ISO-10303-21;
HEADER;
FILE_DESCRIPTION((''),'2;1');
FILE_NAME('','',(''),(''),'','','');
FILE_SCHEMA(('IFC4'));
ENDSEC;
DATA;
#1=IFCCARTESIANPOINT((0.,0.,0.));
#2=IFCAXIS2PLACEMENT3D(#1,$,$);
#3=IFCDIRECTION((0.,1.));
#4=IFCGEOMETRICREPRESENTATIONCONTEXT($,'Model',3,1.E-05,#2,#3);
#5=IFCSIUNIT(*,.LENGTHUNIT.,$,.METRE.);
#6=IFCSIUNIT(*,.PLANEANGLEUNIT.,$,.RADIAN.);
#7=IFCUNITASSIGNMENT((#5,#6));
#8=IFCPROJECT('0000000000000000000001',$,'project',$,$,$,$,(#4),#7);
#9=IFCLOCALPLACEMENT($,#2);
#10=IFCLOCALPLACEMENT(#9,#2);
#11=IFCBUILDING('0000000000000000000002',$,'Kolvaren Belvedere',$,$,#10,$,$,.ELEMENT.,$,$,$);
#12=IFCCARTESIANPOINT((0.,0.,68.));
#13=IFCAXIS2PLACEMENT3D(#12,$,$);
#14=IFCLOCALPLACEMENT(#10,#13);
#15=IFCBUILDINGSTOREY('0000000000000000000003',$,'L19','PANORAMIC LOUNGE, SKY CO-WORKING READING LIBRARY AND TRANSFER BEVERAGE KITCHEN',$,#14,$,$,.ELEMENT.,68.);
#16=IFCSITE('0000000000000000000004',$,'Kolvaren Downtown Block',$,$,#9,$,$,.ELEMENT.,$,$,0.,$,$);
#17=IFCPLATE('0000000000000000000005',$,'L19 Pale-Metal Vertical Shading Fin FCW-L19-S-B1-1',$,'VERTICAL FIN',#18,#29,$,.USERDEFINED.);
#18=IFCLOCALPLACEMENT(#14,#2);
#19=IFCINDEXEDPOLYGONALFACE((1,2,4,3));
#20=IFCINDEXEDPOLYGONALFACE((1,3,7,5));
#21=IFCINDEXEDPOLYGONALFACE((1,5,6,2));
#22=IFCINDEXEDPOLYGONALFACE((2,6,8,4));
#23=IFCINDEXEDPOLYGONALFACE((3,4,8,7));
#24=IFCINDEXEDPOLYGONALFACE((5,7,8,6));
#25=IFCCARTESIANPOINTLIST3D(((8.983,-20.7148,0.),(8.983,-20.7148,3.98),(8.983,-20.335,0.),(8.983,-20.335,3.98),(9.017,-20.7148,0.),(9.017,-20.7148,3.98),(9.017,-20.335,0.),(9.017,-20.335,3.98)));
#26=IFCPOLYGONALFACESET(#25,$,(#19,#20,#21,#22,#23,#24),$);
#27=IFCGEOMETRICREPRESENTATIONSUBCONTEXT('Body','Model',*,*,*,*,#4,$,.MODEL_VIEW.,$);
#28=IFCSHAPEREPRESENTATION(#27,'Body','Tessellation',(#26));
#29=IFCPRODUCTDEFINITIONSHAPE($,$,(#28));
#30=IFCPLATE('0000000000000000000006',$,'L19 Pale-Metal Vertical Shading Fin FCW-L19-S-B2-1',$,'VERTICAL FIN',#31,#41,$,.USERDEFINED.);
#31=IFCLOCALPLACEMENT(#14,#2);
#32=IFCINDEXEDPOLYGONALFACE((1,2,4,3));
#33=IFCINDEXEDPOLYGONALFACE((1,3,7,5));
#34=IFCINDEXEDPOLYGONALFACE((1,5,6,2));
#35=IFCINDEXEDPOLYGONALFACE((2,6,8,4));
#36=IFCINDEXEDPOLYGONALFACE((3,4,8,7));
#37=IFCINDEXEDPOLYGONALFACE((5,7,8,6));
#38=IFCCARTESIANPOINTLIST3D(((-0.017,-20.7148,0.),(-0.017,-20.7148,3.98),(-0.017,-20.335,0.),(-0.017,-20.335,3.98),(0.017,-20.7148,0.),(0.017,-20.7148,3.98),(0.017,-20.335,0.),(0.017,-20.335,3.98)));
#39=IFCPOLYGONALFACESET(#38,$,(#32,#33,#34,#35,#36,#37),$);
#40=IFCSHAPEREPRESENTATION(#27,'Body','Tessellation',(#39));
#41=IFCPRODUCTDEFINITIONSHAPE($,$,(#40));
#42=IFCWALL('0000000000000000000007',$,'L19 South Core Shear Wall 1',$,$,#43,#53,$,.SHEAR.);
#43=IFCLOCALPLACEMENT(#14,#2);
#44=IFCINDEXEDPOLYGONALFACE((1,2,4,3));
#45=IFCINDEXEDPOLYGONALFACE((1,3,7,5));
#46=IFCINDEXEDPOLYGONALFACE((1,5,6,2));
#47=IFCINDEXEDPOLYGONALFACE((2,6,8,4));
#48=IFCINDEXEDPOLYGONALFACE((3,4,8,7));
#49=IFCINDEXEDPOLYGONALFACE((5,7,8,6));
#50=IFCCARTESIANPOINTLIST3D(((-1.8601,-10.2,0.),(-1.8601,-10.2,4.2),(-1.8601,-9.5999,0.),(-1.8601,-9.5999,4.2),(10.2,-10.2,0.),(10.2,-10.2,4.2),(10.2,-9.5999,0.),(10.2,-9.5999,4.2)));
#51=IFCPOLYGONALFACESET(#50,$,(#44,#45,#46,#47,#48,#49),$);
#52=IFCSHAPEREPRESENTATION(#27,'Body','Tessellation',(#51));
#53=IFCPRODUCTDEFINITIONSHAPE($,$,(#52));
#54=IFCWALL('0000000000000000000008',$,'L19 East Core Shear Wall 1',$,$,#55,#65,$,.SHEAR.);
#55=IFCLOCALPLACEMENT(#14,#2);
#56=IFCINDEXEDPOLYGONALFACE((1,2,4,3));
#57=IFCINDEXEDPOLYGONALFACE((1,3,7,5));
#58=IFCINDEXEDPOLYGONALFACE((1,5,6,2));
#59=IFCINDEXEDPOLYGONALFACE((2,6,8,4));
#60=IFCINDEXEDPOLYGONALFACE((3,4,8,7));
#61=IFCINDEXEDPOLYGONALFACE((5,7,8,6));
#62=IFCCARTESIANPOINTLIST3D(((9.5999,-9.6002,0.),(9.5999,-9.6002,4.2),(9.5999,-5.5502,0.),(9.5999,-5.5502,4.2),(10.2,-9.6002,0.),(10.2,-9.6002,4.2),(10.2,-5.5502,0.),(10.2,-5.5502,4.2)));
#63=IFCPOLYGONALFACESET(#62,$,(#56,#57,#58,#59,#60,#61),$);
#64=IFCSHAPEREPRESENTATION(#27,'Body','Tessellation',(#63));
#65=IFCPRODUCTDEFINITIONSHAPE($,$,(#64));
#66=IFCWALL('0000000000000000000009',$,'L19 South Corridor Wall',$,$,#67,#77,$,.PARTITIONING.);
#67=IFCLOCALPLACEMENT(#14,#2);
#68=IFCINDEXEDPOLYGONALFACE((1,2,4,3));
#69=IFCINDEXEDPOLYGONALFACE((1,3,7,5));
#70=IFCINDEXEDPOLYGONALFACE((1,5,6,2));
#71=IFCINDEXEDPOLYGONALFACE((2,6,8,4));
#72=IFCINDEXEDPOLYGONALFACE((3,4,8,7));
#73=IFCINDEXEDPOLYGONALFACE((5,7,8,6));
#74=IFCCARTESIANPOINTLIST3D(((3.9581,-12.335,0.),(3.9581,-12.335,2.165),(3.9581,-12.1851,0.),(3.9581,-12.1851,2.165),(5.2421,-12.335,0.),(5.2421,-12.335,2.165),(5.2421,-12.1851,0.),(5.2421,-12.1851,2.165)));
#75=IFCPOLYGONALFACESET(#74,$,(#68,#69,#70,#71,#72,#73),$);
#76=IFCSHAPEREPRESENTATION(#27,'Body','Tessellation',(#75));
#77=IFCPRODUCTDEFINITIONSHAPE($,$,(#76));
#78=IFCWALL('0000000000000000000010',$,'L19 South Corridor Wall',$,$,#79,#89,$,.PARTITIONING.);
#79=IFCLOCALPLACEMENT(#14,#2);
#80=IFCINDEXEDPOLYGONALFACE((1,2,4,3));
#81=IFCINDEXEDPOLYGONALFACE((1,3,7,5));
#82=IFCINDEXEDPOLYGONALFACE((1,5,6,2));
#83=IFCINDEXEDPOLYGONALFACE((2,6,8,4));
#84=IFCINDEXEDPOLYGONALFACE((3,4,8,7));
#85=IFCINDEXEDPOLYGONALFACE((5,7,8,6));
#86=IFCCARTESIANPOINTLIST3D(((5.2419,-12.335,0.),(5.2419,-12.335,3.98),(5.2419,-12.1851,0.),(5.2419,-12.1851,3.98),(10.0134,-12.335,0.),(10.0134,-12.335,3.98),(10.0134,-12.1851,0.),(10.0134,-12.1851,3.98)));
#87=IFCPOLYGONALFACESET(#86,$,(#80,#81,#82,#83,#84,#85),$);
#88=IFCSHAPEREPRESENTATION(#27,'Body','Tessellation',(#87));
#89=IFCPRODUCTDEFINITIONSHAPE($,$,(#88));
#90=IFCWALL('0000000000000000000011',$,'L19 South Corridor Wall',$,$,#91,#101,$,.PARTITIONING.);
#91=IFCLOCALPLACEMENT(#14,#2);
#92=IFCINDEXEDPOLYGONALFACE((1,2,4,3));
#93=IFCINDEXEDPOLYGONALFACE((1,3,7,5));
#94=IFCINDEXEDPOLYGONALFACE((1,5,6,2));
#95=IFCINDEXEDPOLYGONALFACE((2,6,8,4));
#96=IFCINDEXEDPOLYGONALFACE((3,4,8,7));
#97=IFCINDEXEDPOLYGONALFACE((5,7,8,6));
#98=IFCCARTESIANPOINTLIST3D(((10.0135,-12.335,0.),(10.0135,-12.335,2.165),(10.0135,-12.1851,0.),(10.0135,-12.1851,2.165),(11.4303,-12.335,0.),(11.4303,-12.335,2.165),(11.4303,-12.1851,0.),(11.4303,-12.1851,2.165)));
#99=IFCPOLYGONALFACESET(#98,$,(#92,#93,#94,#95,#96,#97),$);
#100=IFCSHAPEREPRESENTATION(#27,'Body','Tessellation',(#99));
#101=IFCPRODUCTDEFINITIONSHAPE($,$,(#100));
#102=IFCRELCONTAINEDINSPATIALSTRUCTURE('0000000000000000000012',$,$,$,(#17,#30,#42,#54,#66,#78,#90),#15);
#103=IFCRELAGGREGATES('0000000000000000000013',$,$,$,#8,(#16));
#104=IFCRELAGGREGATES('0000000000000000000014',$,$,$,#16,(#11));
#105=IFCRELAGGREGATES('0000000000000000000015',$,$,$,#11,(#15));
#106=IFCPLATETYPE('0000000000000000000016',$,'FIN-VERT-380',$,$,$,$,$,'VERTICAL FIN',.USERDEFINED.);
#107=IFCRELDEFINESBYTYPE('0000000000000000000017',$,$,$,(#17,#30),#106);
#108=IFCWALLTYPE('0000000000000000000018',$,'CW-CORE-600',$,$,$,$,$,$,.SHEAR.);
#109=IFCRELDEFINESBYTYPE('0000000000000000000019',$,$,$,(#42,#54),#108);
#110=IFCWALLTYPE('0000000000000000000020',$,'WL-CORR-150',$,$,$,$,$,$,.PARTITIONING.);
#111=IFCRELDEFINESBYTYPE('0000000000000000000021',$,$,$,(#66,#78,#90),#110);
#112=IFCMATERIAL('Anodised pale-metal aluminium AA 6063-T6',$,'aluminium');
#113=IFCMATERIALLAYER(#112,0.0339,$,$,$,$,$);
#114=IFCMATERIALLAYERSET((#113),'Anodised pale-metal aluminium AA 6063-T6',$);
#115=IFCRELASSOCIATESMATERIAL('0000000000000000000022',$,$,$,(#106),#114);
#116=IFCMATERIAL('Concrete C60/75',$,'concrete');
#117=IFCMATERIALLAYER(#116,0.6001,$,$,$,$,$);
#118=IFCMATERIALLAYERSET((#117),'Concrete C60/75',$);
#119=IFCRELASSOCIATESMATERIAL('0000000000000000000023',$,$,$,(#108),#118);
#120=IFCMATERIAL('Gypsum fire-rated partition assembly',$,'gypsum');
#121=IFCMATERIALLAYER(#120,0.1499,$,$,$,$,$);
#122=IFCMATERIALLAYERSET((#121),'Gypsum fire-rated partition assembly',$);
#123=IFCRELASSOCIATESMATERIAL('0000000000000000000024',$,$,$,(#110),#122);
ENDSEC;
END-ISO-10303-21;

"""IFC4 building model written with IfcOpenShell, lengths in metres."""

from ifc_helpers import new_model, si_unit, direction, frame, frame_2d, origin, origin_2d, place, context, subcontext, project, spatial, rectangle, extrude, material, layer, layer_set, type_object, element, save


model = new_model("IFC4")

# Units and contexts
model_context = context("Model", 3, precision=1e-05, world=origin(), true_north=direction((0.0, 1.0)))
body_context = subcontext(model_context, "Body", "Model", "MODEL_VIEW")
ifc_project = project(units=[si_unit("LENGTHUNIT", "METRE"), si_unit("PLANEANGLEUNIT", "RADIAN")], contexts=[model_context])

# Site, building, storey
site_placement = place(None, origin())
site = spatial("IfcSite", under=ifc_project, at=site_placement, Name="Kolvaren Downtown Block", CompositionType="ELEMENT", RefElevation=0.0)
building_placement = place(site_placement, origin())
building = spatial("IfcBuilding", under=site, at=building_placement, Name="Kolvaren Belvedere", CompositionType="ELEMENT")
storey_placement = place(building_placement, frame((0.0, 0.0, 68.0)))
storey = spatial("IfcBuildingStorey", under=building, at=storey_placement, Name="L19", Description="PANORAMIC LOUNGE, SKY CO-WORKING READING LIBRARY AND TRANSFER BEVERAGE KITCHEN", CompositionType="ELEMENT", Elevation=68.0)

# Plates
ifc_material_1 = material(Name="Anodised pale-metal aluminium AA 6063-T6", Category="aluminium")
ifc_layer_1 = layer(ifc_material_1, 0.0339)
ifc_layer_set_1 = layer_set([ifc_layer_1], Name="Anodised pale-metal aluminium AA 6063-T6")
plate_type_1 = type_object("IfcPlateType", Name="FIN-VERT-380", ElementType="VERTICAL FIN", PredefinedType="USERDEFINED", material=ifc_layer_set_1)
for number, where, z_axis, x_axis, name in (
    (1, (9.0, -20.5249, 0.0), (0.0, 0.0, 1.0), (0.0, 1.0, 0.0), "L19 Pale-Metal Vertical Shading Fin FCW-L19-S-B1-1"),
    (2, (0.0, -20.5249, 0.0), (0.0, 0.0, 1.0), (0.0, 1.0, 0.0), "L19 Pale-Metal Vertical Shading Fin FCW-L19-S-B2-1"),
):
    element("IfcPlate", number, at=place(storey_placement, frame(where, z_axis=z_axis, x_axis=x_axis)), inside=storey, type_object=plate_type_1, Name=name, ObjectType="VERTICAL FIN", PredefinedType="USERDEFINED", context=body_context, shape_type="SweptSolid", body=[
        extrude(rectangle(XDim=0.3799, YDim=0.0339, at=origin_2d()), origin(), (0.0, 0.0, 1.0), 3.98),
    ])

# Walls
ifc_material_2 = material(Name="Concrete C60/75", Category="concrete")
ifc_layer_2 = layer(ifc_material_2, 0.6001)
ifc_layer_set_2 = layer_set([ifc_layer_2], Name="Concrete C60/75")
wall_type_1 = type_object("IfcWallType", Name="CW-CORE-600", PredefinedType="SHEAR", material=ifc_layer_set_2)
wall_1_placement = place(storey_placement, frame((10.2, -9.8999, 0.0), z_axis=(0.0, 0.0, 1.0), x_axis=(-1.0, 0.0, 0.0)))
element("IfcWall", 3, at=wall_1_placement, inside=storey, type_object=wall_type_1, Name="L19 South Core Shear Wall 1", PredefinedType="SHEAR", context=body_context, shape_type="SweptSolid", body=[
    extrude(rectangle(XDim=12.0601, YDim=0.6001, at=frame_2d((6.03, 0.0))), origin(), (0.0, 0.0, 1.0), 4.2),
])
wall_2_placement = place(storey_placement, frame((9.8999, -9.6001, 0.0), z_axis=(0.0, 0.0, 1.0), x_axis=(0.0, 1.0, 0.0)))
element("IfcWall", 4, at=wall_2_placement, inside=storey, type_object=wall_type_1, Name="L19 East Core Shear Wall 1", PredefinedType="SHEAR", context=body_context, shape_type="SweptSolid", body=[
    extrude(rectangle(XDim=4.05, YDim=0.6001, at=frame_2d((2.0249, 0.0))), origin(), (0.0, 0.0, 1.0), 4.2),
])
ifc_material_3 = material(Name="Gypsum fire-rated partition assembly", Category="gypsum")
ifc_layer_3 = layer(ifc_material_3, 0.1499)
ifc_layer_set_3 = layer_set([ifc_layer_3], Name="Gypsum fire-rated partition assembly")
wall_type_2 = type_object("IfcWallType", Name="WL-CORR-150", PredefinedType="PARTITIONING", material=ifc_layer_set_3)
wall_3_placement = place(storey_placement, frame((3.958, -12.26, 0.0), z_axis=(0.0, 0.0, 1.0), x_axis=(1.0, 0.0, 0.0)))
element("IfcWall", 5, at=wall_3_placement, inside=storey, type_object=wall_type_2, Name="L19 South Corridor Wall", PredefinedType="PARTITIONING", context=body_context, shape_type="SweptSolid", body=[
    extrude(rectangle(XDim=1.2839, YDim=0.1499, at=frame_2d((0.6421, 0.0))), origin(), (0.0, 0.0, 1.0), 2.165),
])
wall_4_placement = place(storey_placement, frame((5.2419, -12.26, 0.0), z_axis=(0.0, 0.0, 1.0), x_axis=(1.0, 0.0, 0.0)))
element("IfcWall", 6, at=wall_4_placement, inside=storey, type_object=wall_type_2, Name="L19 South Corridor Wall", PredefinedType="PARTITIONING", context=body_context, shape_type="SweptSolid", body=[
    extrude(rectangle(XDim=4.7715, YDim=0.1499, at=frame_2d((2.3857, 0.0))), origin(), (0.0, 0.0, 1.0), 3.98),
])
wall_5_placement = place(storey_placement, frame((10.0134, -12.26, 0.0), z_axis=(0.0, 0.0, 1.0), x_axis=(1.0, 0.0, 0.0)))
element("IfcWall", 7, at=wall_5_placement, inside=storey, type_object=wall_type_2, Name="L19 South Corridor Wall", PredefinedType="PARTITIONING", context=body_context, shape_type="SweptSolid", body=[
    extrude(rectangle(XDim=1.4167, YDim=0.1499, at=frame_2d((0.7085, 0.0))), origin(), (0.0, 0.0, 1.0), 2.165),
])

save(model, "model.ifc")
